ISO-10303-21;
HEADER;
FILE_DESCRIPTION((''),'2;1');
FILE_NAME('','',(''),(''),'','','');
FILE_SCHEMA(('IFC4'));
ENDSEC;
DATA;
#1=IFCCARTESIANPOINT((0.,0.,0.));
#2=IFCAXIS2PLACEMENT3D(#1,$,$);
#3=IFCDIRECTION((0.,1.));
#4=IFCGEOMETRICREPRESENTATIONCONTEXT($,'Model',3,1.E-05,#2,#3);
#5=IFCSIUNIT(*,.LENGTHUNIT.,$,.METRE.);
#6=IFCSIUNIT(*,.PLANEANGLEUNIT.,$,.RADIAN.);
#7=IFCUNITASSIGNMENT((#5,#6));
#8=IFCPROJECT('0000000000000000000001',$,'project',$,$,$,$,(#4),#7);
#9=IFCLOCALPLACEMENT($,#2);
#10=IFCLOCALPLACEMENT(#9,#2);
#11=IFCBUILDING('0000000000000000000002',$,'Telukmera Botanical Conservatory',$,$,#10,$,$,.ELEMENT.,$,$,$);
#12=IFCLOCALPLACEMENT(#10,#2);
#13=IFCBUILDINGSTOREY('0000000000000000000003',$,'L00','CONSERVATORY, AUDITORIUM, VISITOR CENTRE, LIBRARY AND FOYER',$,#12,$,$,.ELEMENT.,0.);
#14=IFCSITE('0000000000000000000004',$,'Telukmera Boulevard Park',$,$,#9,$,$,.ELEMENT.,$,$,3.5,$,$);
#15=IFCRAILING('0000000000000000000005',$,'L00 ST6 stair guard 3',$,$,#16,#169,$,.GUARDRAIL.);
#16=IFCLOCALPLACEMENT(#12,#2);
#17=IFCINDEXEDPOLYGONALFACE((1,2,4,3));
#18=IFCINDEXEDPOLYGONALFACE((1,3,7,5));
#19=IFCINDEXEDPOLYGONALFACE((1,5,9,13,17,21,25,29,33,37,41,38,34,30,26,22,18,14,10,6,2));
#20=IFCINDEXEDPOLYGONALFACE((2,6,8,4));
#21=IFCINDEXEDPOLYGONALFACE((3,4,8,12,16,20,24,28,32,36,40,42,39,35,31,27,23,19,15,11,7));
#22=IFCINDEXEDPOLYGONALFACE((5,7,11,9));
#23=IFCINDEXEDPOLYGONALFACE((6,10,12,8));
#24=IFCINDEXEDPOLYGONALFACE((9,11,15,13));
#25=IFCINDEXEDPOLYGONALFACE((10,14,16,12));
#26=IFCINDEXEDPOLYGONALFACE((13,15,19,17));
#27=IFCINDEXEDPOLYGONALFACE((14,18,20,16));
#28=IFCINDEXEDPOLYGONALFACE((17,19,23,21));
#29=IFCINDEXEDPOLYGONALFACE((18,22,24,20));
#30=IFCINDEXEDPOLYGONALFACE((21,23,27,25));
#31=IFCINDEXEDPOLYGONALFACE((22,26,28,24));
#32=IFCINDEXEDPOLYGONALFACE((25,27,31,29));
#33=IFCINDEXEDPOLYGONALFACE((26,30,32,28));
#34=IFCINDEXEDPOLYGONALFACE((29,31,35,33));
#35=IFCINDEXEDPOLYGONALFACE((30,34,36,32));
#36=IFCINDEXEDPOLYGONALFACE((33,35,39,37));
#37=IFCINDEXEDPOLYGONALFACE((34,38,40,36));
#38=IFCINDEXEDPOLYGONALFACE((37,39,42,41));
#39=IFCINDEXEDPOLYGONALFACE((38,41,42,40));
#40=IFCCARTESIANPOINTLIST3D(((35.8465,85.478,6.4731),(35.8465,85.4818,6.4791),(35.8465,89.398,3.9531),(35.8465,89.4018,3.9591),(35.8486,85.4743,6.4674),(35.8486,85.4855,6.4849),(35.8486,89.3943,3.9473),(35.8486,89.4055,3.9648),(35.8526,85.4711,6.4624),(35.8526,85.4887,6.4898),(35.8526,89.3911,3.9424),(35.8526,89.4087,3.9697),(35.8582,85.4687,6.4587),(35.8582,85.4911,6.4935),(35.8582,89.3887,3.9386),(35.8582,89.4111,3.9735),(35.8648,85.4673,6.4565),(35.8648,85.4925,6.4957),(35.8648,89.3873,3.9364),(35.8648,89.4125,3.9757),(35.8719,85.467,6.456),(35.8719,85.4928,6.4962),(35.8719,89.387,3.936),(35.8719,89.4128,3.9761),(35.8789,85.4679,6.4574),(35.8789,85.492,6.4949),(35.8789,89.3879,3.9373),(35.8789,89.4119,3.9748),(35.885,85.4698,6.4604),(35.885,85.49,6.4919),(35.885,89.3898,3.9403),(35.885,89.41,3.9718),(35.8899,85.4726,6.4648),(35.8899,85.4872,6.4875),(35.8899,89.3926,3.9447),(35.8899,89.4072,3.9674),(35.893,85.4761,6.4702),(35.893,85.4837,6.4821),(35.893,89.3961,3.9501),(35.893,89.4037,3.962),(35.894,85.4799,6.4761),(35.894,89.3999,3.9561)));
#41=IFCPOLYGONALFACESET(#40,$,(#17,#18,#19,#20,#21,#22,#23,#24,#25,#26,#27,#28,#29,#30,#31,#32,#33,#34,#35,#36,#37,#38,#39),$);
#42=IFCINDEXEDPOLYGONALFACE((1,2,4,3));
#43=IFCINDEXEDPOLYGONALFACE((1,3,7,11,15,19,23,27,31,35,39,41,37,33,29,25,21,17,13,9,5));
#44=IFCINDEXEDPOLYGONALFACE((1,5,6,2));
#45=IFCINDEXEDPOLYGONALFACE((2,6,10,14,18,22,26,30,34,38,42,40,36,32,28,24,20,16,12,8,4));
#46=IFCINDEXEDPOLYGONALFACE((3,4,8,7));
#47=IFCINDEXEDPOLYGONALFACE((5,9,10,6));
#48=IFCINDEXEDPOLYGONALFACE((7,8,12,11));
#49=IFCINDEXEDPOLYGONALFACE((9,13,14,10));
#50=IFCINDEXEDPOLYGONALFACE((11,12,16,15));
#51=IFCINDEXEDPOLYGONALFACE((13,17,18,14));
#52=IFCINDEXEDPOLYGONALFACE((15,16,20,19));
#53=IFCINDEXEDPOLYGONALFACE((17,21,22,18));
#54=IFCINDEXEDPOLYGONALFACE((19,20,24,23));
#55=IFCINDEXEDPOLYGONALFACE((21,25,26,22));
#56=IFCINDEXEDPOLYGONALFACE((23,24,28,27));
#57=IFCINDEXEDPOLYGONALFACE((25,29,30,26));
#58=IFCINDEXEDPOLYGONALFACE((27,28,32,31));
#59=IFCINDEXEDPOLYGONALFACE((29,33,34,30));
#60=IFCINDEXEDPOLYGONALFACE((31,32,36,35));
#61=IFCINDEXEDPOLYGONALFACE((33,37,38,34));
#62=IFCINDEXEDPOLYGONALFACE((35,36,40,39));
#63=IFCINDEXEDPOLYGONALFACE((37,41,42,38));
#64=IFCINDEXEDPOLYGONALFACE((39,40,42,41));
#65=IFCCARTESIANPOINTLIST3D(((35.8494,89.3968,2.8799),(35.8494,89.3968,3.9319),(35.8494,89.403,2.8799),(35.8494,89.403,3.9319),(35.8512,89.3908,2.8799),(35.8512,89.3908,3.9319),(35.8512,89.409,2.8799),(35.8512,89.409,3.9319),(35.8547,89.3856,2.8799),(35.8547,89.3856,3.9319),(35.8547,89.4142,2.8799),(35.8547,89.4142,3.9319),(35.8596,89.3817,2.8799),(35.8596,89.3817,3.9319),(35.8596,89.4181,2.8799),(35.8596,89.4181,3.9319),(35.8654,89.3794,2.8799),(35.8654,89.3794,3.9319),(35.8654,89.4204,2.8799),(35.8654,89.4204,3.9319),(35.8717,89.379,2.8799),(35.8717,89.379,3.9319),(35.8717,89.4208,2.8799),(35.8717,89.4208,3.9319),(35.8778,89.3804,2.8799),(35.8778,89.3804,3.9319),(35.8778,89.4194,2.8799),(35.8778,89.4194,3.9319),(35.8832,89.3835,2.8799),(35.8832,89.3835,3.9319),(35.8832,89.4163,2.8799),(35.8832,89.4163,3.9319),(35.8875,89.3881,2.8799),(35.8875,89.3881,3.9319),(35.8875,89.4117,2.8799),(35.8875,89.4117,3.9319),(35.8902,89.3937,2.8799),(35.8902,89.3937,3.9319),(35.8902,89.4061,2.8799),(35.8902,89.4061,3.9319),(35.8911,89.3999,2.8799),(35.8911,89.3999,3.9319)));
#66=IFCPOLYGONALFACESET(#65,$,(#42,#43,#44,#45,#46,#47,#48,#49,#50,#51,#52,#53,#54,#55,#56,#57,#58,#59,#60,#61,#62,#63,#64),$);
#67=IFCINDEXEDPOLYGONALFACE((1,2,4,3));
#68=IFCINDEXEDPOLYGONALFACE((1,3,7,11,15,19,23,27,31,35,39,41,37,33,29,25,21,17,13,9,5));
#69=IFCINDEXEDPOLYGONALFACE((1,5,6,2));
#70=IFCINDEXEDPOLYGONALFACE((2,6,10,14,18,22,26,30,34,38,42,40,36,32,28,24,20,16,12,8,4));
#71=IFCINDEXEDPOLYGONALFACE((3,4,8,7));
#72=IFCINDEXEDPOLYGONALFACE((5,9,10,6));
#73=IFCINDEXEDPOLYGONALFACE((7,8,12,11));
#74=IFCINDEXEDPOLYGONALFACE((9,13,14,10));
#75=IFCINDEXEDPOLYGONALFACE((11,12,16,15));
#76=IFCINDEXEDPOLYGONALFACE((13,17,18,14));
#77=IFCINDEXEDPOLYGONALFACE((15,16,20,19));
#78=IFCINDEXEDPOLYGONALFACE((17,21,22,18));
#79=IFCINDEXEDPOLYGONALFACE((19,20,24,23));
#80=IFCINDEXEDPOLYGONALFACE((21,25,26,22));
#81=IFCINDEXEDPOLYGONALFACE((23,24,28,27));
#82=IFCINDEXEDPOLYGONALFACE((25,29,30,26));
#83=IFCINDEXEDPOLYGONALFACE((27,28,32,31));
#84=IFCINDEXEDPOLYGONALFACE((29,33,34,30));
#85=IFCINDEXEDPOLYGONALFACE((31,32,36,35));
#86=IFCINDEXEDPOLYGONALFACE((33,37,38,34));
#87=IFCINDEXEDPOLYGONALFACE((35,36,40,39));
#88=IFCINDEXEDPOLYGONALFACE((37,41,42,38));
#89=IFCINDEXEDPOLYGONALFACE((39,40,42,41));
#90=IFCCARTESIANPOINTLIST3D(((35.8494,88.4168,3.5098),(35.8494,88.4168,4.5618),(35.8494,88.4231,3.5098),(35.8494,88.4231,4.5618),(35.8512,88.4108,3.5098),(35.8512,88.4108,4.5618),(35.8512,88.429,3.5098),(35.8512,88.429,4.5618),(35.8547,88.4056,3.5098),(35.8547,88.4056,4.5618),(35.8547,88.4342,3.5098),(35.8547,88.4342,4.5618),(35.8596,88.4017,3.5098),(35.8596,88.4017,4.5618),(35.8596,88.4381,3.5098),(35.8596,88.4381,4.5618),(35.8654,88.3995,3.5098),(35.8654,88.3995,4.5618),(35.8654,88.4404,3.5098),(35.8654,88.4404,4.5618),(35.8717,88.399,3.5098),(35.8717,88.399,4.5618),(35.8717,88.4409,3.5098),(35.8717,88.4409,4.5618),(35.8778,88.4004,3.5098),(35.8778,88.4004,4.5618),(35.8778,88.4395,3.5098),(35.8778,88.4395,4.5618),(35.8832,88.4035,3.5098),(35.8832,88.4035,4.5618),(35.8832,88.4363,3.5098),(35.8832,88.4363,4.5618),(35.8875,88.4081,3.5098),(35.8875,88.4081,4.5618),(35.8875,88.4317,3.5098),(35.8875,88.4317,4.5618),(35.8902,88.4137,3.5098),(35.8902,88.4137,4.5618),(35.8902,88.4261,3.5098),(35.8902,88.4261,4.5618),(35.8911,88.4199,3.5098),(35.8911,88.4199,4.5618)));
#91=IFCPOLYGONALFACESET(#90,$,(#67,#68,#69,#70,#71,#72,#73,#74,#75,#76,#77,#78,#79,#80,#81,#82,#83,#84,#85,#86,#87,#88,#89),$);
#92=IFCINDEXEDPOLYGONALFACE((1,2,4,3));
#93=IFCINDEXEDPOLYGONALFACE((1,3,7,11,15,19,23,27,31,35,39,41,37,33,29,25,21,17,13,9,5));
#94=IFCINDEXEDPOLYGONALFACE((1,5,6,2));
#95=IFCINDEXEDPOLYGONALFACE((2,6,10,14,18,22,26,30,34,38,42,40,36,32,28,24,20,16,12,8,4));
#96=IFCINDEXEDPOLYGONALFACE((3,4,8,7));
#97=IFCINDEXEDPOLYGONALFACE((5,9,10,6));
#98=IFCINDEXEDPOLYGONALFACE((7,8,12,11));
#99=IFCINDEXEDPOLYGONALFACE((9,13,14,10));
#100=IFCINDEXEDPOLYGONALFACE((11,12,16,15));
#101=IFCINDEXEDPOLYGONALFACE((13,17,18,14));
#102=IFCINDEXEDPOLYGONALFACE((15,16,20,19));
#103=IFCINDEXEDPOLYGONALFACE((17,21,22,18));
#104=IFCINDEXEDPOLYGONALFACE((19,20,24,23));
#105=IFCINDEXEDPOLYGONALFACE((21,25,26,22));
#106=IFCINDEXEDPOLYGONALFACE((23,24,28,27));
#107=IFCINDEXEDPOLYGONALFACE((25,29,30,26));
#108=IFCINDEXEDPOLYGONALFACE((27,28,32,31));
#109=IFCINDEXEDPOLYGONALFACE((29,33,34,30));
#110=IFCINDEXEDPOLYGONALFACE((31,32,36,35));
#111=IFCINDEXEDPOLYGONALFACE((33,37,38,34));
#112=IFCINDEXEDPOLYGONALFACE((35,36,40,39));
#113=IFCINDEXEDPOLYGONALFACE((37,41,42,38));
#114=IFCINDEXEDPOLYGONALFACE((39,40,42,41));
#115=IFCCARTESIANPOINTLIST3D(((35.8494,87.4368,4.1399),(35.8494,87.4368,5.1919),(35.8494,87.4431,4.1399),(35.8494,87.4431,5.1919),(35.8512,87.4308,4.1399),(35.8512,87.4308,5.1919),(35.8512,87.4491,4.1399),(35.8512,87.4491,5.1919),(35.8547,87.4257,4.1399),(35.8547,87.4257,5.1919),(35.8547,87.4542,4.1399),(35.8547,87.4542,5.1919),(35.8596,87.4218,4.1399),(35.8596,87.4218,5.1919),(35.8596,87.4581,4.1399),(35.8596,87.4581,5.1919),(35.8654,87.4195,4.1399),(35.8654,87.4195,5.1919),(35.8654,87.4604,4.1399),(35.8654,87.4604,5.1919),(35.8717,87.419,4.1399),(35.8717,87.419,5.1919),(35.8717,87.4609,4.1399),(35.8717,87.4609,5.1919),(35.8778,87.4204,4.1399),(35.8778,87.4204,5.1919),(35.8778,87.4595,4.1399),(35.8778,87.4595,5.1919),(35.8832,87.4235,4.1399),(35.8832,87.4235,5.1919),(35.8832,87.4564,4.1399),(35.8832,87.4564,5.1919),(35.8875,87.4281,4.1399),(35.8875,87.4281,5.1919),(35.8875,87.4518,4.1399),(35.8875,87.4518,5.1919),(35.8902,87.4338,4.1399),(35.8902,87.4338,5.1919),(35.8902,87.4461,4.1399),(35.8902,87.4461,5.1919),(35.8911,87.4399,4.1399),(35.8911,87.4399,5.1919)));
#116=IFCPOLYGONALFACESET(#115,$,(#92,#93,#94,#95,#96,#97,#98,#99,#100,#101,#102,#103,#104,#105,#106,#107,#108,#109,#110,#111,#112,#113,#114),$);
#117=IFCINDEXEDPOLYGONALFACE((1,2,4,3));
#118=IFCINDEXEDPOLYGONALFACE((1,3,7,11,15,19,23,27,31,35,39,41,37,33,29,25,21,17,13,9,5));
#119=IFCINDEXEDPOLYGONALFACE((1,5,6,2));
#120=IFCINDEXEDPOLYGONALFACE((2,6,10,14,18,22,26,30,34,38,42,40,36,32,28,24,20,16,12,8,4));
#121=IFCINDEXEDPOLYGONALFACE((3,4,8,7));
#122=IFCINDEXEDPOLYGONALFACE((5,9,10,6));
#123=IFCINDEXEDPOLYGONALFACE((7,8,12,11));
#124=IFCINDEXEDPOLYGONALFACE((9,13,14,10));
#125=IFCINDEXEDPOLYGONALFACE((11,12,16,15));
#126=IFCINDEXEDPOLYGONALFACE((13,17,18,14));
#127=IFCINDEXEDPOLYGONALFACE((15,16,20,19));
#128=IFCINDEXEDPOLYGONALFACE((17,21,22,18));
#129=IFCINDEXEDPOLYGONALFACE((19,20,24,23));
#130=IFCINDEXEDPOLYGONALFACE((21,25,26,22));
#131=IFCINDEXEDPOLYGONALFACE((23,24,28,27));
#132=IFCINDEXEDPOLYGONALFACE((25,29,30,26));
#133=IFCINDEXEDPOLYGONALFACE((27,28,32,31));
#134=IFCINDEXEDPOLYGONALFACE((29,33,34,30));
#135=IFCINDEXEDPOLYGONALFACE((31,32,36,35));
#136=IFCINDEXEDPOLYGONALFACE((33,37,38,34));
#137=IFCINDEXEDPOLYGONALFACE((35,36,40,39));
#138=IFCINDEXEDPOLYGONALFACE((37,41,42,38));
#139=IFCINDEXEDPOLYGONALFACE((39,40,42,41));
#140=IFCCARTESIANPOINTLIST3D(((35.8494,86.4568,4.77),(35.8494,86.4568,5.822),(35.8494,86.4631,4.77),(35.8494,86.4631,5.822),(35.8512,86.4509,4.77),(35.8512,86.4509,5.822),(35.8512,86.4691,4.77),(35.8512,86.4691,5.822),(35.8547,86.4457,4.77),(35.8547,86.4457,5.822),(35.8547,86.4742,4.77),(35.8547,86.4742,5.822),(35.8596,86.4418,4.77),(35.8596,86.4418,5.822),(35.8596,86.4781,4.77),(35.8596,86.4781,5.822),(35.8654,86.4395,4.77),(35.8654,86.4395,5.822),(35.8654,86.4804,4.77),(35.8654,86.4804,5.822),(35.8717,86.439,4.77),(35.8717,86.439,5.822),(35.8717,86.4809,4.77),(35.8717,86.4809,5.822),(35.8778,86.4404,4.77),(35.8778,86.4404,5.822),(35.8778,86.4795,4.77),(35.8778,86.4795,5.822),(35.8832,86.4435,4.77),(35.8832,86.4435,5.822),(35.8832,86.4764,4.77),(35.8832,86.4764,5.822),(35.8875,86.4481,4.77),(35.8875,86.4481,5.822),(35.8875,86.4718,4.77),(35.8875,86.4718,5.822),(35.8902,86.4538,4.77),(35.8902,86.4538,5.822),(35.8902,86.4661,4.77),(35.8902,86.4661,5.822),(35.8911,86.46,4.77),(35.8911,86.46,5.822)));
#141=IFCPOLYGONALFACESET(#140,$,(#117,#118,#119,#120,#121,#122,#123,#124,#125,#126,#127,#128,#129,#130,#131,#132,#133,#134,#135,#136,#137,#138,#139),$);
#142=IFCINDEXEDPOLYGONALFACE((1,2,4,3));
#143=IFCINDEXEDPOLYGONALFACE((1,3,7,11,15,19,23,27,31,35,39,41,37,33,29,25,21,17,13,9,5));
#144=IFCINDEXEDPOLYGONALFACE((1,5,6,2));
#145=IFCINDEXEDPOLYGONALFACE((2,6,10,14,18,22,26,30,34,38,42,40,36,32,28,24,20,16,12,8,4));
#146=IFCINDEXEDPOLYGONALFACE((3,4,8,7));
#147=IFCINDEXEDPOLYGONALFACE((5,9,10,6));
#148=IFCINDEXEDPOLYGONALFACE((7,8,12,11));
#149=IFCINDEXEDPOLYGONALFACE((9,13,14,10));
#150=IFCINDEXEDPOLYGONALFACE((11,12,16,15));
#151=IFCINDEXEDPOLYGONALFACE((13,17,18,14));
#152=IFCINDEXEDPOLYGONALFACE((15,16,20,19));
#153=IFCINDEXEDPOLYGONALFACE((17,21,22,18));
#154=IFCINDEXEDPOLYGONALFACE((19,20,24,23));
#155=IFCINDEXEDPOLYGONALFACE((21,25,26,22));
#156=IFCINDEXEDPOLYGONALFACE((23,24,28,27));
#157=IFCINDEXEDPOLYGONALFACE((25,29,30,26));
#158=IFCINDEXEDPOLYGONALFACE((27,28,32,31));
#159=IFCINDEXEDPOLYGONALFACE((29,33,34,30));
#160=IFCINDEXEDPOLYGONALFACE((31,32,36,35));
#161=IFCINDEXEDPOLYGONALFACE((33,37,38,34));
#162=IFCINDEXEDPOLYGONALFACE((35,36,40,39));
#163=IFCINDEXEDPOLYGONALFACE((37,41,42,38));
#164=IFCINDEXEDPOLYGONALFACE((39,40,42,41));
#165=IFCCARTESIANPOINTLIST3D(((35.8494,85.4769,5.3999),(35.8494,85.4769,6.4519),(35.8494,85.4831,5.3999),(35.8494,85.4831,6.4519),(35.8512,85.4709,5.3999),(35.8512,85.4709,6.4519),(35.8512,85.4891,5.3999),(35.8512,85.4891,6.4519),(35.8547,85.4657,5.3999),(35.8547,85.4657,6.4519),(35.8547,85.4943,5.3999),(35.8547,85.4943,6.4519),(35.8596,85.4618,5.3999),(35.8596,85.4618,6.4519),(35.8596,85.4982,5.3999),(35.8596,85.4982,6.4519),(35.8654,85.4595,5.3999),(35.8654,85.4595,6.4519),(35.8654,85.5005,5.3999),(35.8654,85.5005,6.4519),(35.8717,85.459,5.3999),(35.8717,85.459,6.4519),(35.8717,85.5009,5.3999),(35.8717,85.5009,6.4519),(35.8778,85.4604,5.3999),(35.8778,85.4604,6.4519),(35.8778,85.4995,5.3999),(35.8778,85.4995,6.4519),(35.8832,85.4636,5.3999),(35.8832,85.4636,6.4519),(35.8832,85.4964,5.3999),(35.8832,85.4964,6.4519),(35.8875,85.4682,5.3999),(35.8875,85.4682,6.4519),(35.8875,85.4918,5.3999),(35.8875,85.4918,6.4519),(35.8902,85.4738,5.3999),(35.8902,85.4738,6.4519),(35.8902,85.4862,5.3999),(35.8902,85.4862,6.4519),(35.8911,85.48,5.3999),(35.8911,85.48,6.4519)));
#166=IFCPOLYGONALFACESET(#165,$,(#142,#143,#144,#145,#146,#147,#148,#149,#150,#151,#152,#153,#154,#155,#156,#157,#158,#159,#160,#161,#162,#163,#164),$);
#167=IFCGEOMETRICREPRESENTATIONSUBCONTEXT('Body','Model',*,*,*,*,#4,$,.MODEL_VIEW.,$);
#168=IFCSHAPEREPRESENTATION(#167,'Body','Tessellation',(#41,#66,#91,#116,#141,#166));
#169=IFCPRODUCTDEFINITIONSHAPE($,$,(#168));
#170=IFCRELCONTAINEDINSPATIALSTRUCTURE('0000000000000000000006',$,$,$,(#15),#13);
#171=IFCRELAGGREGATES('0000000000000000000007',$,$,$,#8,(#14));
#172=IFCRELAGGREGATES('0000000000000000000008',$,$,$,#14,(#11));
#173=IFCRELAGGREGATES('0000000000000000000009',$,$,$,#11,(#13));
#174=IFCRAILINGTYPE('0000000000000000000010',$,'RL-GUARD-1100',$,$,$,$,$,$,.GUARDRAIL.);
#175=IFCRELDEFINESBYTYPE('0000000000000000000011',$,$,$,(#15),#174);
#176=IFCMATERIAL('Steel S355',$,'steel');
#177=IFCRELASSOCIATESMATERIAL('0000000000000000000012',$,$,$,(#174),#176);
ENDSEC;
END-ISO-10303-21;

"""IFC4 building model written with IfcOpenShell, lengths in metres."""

from ifc_helpers import new_model, si_unit, direction, frame, origin, origin_2d, place, context, subcontext, project, spatial, circle, extrude, material, type_object, element, save


model = new_model("IFC4")

# Units and contexts
model_context = context("Model", 3, precision=1e-05, world=origin(), true_north=direction((0.0, 1.0)))
body_context = subcontext(model_context, "Body", "Model", "MODEL_VIEW")
ifc_project = project(units=[si_unit("LENGTHUNIT", "METRE"), si_unit("PLANEANGLEUNIT", "RADIAN")], contexts=[model_context])

# Site, building, storey
site_placement = place(None, origin())
site = spatial("IfcSite", under=ifc_project, at=site_placement, Name="Telukmera Boulevard Park", CompositionType="ELEMENT", RefElevation=3.5)
building_placement = place(site_placement, origin())
building = spatial("IfcBuilding", under=site, at=building_placement, Name="Telukmera Botanical Conservatory", CompositionType="ELEMENT")
storey_placement = place(building_placement, origin())
storey = spatial("IfcBuildingStorey", under=building, at=storey_placement, Name="L00", Description="CONSERVATORY, AUDITORIUM, VISITOR CENTRE, LIBRARY AND FOYER", CompositionType="ELEMENT", Elevation=0.0)

# Shared definitions
ifc_material_1 = material(Name="Steel S355", Category="steel")

# Railing
railing_type_1 = type_object("IfcRailingType", Name="RL-GUARD-1100", PredefinedType="GUARDRAIL", material=ifc_material_1)
railing_1_placement = place(storey_placement, frame((35.8701, 89.3999, 2.8799)))
element("IfcRailing", 1, at=railing_1_placement, inside=storey, type_object=railing_type_1, Name="L00 ST6 stair guard 3", PredefinedType="GUARDRAIL", context=body_context, shape_type="SweptSolid", body=[
    extrude(circle(Radius=0.0239, at=origin_2d()), frame((0.0, 0.0, 1.0762), z_axis=(0.0, -0.841172, 0.540768), x_axis=(1.0, 0.0, 0.0)), (0.0, 0.0, 1.0), 4.6602),
    extrude(circle(Radius=0.021, at=origin_2d()), origin(), (0.0, 0.0, 1.0), 1.052),
    extrude(circle(Radius=0.021, at=origin_2d()), frame((0.0, -0.98, 0.6299)), (0.0, 0.0, 1.0), 1.052),
    extrude(circle(Radius=0.021, at=origin_2d()), frame((0.0, -1.96, 1.26)), (0.0, 0.0, 1.0), 1.052),
    extrude(circle(Radius=0.021, at=origin_2d()), frame((0.0, -2.9399, 1.8901)), (0.0, 0.0, 1.0), 1.052),
    extrude(circle(Radius=0.021, at=origin_2d()), frame((0.0, -3.9199, 2.52)), (0.0, 0.0, 1.0), 1.052),
])

save(model, "model.ifc")
